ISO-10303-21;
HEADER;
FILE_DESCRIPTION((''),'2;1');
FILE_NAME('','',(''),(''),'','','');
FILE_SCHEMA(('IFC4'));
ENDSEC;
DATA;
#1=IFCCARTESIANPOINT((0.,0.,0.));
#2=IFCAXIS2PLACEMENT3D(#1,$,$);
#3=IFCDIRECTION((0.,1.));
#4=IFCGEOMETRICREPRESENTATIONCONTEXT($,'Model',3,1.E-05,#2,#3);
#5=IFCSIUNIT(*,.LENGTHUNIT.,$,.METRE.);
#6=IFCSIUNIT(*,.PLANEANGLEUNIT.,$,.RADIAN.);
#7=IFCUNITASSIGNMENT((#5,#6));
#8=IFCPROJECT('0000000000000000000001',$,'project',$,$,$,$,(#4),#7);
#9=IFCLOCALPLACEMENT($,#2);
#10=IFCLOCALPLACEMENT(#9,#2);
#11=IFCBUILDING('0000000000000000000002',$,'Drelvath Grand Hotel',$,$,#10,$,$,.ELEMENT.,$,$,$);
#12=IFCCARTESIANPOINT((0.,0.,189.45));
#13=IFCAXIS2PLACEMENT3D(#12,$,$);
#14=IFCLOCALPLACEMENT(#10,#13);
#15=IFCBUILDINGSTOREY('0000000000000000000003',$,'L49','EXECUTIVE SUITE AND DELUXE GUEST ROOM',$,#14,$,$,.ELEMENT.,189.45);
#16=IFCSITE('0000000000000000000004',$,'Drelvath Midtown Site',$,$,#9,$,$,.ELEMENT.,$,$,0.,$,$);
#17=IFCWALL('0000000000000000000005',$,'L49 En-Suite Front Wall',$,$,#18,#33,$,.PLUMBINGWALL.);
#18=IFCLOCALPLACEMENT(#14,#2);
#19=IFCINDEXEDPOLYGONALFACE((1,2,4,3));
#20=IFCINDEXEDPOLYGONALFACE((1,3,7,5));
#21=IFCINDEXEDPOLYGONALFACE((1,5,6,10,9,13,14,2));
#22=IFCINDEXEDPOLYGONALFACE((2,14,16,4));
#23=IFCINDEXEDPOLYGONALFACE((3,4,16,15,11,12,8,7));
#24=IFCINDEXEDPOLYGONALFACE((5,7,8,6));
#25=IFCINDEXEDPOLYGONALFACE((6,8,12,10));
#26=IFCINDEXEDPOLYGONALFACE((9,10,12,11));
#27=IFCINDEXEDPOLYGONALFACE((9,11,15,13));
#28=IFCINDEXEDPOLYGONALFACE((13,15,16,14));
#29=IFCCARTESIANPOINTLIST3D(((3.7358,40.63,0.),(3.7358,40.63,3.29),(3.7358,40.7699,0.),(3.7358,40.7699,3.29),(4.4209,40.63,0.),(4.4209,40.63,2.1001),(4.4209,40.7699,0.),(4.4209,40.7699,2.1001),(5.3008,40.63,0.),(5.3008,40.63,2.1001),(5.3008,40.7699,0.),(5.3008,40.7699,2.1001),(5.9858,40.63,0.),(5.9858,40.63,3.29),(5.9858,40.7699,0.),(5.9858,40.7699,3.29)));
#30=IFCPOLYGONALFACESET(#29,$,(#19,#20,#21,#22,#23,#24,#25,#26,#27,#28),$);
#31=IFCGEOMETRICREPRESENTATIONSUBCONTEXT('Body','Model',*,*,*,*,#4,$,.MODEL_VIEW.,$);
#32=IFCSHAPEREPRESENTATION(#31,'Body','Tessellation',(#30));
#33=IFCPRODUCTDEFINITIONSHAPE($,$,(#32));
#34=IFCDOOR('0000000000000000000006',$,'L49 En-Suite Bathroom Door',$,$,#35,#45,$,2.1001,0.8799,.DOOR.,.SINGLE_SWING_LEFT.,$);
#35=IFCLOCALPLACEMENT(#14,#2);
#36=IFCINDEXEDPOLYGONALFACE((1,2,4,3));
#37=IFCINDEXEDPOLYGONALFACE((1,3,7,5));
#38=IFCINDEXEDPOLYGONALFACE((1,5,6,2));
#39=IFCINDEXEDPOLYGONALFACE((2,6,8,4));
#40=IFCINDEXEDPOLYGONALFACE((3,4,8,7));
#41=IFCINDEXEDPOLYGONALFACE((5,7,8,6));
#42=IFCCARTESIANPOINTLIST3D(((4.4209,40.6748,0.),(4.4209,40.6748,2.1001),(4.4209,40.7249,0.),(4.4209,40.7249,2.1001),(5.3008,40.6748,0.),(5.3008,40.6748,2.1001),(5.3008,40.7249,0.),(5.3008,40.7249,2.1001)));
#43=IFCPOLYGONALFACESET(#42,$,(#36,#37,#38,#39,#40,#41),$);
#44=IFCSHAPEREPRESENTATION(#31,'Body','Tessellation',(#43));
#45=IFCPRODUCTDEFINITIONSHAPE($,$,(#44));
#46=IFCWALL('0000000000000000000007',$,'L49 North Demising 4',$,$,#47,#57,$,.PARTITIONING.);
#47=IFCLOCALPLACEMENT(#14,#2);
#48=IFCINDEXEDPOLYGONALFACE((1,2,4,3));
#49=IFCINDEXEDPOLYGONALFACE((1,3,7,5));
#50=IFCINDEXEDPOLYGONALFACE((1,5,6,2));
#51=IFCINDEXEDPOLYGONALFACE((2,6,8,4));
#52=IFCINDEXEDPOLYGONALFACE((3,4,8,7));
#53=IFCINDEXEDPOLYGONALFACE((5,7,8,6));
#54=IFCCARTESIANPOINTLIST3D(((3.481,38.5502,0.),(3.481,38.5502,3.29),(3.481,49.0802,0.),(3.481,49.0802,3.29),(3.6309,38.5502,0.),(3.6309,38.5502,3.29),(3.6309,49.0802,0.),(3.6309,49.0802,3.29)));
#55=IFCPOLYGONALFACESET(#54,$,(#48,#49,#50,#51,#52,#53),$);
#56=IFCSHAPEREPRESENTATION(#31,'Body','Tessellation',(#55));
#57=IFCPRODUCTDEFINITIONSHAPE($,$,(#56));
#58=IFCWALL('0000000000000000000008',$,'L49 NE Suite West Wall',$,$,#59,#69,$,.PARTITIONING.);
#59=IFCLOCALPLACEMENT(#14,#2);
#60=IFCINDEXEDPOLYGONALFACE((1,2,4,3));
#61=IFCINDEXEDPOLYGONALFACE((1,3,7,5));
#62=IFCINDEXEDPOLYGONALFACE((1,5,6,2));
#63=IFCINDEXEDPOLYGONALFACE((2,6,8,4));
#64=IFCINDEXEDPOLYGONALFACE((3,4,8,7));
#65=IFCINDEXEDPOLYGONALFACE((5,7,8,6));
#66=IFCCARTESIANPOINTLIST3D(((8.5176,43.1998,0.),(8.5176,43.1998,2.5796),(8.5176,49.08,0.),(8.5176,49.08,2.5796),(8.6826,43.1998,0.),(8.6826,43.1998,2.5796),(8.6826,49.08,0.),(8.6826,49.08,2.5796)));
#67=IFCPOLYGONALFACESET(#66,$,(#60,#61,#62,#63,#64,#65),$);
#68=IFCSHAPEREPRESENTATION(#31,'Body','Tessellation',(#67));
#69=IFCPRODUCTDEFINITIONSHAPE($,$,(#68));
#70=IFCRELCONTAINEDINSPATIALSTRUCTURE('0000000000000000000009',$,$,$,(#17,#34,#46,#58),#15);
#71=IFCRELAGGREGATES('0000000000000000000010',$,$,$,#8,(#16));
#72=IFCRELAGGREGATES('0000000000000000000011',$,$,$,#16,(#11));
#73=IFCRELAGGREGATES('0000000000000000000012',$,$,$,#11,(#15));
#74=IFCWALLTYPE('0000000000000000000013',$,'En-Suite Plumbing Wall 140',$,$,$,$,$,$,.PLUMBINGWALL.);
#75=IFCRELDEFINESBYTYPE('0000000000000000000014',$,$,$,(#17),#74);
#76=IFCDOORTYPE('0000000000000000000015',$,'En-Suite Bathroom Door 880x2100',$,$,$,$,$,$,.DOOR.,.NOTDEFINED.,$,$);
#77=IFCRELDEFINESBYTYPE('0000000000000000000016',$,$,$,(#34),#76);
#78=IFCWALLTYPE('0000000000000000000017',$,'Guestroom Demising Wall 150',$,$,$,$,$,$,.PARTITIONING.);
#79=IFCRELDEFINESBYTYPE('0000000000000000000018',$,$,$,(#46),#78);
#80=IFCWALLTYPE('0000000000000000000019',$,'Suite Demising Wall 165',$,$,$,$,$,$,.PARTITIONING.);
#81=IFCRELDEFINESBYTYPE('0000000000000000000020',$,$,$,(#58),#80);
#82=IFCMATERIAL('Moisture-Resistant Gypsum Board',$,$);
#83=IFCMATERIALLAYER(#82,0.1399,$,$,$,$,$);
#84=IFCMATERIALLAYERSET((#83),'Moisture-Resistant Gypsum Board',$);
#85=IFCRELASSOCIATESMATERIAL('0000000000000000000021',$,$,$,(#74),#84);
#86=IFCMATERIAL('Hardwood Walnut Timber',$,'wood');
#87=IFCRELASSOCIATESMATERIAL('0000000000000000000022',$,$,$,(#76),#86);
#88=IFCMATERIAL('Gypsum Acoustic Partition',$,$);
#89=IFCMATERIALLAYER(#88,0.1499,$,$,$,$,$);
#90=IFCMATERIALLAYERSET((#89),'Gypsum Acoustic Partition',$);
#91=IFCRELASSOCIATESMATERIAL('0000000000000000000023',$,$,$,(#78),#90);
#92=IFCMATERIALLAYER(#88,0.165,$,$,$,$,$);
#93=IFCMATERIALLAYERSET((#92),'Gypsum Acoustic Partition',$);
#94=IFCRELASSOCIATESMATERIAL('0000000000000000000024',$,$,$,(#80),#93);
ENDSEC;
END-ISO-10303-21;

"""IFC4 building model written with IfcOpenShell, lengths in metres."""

from ifc_helpers import new_model, si_unit, direction, frame, frame_2d, origin, place, context, subcontext, project, spatial, rectangle, extrude, material, layer, layer_set, type_object, element, fill, save


model = new_model("IFC4")

# Units and contexts
model_context = context("Model", 3, precision=1e-05, world=origin(), true_north=direction((0.0, 1.0)))
body_context = subcontext(model_context, "Body", "Model", "MODEL_VIEW")
ifc_project = project(units=[si_unit("LENGTHUNIT", "METRE"), si_unit("PLANEANGLEUNIT", "RADIAN")], contexts=[model_context])

# Site, building, storey
site_placement = place(None, origin())
site = spatial("IfcSite", under=ifc_project, at=site_placement, Name="Drelvath Midtown Site", CompositionType="ELEMENT", RefElevation=0.0)
building_placement = place(site_placement, origin())
building = spatial("IfcBuilding", under=site, at=building_placement, Name="Drelvath Grand Hotel", CompositionType="ELEMENT")
storey_placement = place(building_placement, frame((0.0, 0.0, 189.45)))
storey = spatial("IfcBuildingStorey", under=building, at=storey_placement, Name="L49", Description="EXECUTIVE SUITE AND DELUXE GUEST ROOM", CompositionType="ELEMENT", Elevation=189.45)

# Shared definitions
ifc_material_1 = material(Name="Hardwood Walnut Timber", Category="wood")

# Shared definitions
ifc_material_2 = material(Name="Moisture-Resistant Gypsum Board")
ifc_layer_1 = layer(ifc_material_2, 0.1399)
ifc_layer_set_1 = layer_set([ifc_layer_1], Name="Moisture-Resistant Gypsum Board")
wall_type_1 = type_object("IfcWallType", Name="En-Suite Plumbing Wall 140", PredefinedType="PLUMBINGWALL", material=ifc_layer_set_1)

# Shared definitions
door_type_1 = type_object("IfcDoorType", Name="En-Suite Bathroom Door 880x2100", OperationType="NOTDEFINED", PredefinedType="DOOR", material=ifc_material_1)

# Wall, opening, door
wall_1_placement = place(storey_placement, frame((3.7358, 40.7, 0.0), z_axis=(0.0, 0.0, 1.0), x_axis=(1.0, 0.0, 0.0)))
wall_1 = element("IfcWall", 1, at=wall_1_placement, inside=storey, type_object=wall_type_1, Name="L49 En-Suite Front Wall", PredefinedType="PLUMBINGWALL", context=body_context, shape_type="SweptSolid", body=[
    extrude(rectangle(XDim=2.25, YDim=0.1399, at=frame_2d((1.125, 0.0))), origin(), (0.0, 0.0, 1.0), 3.29),
])
opening_1_placement = place(wall_1_placement, frame((0.6851, 0.0, 0.0)))
opening_1 = element("IfcOpeningElement", 2, at=opening_1_placement, cuts=wall_1, PredefinedType="OPENING", context=body_context, shape_type="SweptSolid", body=[
    extrude(rectangle(XDim=0.8799, YDim=2.1001, at=frame_2d((0.4399, 1.05))), frame((0.0, 0.0798, 0.0), z_axis=(0.0, -1.0, 0.0), x_axis=(1.0, 0.0, 0.0)), (0.0, 0.0, 1.0), 0.1599),
])
door_1_placement = place(opening_1_placement, origin())
door_1 = element("IfcDoor", 3, at=door_1_placement, inside=storey, type_object=door_type_1, Name="L49 En-Suite Bathroom Door", OperationType="SINGLE_SWING_LEFT", OverallHeight=2.1001, OverallWidth=0.8799, PredefinedType="DOOR", context=body_context, shape_type="SweptSolid", body=[
    extrude(rectangle(XDim=0.8799, YDim=2.1001, at=frame_2d((0.4399, 1.05))), frame((0.0, 0.0249, 0.0), z_axis=(0.0, -1.0, 0.0), x_axis=(1.0, 0.0, 0.0)), (0.0, 0.0, 1.0), 0.05),
])
fill(opening_1, door_1)

# Walls
ifc_material_3 = material(Name="Gypsum Acoustic Partition")
ifc_layer_2 = layer(ifc_material_3, 0.1499)
ifc_layer_set_2 = layer_set([ifc_layer_2], Name="Gypsum Acoustic Partition")
wall_type_2 = type_object("IfcWallType", Name="Guestroom Demising Wall 150", PredefinedType="PARTITIONING", material=ifc_layer_set_2)
wall_2_placement = place(storey_placement, frame((3.5559, 38.55, 0.0), z_axis=(0.0, 0.0, 1.0), x_axis=(0.0, 1.0, 0.0)))
element("IfcWall", 4, at=wall_2_placement, inside=storey, type_object=wall_type_2, Name="L49 North Demising 4", PredefinedType="PARTITIONING", context=body_context, shape_type="SweptSolid", body=[
    extrude(rectangle(XDim=10.53, YDim=0.1499, at=frame_2d((5.2651, 0.0))), origin(), (0.0, 0.0, 1.0), 3.29),
])
ifc_layer_3 = layer(ifc_material_3, 0.165)
ifc_layer_set_3 = layer_set([ifc_layer_3], Name="Gypsum Acoustic Partition")
wall_type_3 = type_object("IfcWallType", Name="Suite Demising Wall 165", PredefinedType="PARTITIONING", material=ifc_layer_set_3)
wall_3_placement = place(storey_placement, frame((8.6001, 43.2, 0.0), z_axis=(0.0, 0.0, 1.0), x_axis=(0.0, 1.0, 0.0)))
element("IfcWall", 5, at=wall_3_placement, inside=storey, type_object=wall_type_3, Name="L49 NE Suite West Wall", PredefinedType="PARTITIONING", context=body_context, shape_type="SweptSolid", body=[
    extrude(rectangle(XDim=5.8801, YDim=0.165, at=frame_2d((2.9399, 0.0))), origin(), (0.0, 0.0, 1.0), 2.5796),
])

save(model, "model.ifc")
